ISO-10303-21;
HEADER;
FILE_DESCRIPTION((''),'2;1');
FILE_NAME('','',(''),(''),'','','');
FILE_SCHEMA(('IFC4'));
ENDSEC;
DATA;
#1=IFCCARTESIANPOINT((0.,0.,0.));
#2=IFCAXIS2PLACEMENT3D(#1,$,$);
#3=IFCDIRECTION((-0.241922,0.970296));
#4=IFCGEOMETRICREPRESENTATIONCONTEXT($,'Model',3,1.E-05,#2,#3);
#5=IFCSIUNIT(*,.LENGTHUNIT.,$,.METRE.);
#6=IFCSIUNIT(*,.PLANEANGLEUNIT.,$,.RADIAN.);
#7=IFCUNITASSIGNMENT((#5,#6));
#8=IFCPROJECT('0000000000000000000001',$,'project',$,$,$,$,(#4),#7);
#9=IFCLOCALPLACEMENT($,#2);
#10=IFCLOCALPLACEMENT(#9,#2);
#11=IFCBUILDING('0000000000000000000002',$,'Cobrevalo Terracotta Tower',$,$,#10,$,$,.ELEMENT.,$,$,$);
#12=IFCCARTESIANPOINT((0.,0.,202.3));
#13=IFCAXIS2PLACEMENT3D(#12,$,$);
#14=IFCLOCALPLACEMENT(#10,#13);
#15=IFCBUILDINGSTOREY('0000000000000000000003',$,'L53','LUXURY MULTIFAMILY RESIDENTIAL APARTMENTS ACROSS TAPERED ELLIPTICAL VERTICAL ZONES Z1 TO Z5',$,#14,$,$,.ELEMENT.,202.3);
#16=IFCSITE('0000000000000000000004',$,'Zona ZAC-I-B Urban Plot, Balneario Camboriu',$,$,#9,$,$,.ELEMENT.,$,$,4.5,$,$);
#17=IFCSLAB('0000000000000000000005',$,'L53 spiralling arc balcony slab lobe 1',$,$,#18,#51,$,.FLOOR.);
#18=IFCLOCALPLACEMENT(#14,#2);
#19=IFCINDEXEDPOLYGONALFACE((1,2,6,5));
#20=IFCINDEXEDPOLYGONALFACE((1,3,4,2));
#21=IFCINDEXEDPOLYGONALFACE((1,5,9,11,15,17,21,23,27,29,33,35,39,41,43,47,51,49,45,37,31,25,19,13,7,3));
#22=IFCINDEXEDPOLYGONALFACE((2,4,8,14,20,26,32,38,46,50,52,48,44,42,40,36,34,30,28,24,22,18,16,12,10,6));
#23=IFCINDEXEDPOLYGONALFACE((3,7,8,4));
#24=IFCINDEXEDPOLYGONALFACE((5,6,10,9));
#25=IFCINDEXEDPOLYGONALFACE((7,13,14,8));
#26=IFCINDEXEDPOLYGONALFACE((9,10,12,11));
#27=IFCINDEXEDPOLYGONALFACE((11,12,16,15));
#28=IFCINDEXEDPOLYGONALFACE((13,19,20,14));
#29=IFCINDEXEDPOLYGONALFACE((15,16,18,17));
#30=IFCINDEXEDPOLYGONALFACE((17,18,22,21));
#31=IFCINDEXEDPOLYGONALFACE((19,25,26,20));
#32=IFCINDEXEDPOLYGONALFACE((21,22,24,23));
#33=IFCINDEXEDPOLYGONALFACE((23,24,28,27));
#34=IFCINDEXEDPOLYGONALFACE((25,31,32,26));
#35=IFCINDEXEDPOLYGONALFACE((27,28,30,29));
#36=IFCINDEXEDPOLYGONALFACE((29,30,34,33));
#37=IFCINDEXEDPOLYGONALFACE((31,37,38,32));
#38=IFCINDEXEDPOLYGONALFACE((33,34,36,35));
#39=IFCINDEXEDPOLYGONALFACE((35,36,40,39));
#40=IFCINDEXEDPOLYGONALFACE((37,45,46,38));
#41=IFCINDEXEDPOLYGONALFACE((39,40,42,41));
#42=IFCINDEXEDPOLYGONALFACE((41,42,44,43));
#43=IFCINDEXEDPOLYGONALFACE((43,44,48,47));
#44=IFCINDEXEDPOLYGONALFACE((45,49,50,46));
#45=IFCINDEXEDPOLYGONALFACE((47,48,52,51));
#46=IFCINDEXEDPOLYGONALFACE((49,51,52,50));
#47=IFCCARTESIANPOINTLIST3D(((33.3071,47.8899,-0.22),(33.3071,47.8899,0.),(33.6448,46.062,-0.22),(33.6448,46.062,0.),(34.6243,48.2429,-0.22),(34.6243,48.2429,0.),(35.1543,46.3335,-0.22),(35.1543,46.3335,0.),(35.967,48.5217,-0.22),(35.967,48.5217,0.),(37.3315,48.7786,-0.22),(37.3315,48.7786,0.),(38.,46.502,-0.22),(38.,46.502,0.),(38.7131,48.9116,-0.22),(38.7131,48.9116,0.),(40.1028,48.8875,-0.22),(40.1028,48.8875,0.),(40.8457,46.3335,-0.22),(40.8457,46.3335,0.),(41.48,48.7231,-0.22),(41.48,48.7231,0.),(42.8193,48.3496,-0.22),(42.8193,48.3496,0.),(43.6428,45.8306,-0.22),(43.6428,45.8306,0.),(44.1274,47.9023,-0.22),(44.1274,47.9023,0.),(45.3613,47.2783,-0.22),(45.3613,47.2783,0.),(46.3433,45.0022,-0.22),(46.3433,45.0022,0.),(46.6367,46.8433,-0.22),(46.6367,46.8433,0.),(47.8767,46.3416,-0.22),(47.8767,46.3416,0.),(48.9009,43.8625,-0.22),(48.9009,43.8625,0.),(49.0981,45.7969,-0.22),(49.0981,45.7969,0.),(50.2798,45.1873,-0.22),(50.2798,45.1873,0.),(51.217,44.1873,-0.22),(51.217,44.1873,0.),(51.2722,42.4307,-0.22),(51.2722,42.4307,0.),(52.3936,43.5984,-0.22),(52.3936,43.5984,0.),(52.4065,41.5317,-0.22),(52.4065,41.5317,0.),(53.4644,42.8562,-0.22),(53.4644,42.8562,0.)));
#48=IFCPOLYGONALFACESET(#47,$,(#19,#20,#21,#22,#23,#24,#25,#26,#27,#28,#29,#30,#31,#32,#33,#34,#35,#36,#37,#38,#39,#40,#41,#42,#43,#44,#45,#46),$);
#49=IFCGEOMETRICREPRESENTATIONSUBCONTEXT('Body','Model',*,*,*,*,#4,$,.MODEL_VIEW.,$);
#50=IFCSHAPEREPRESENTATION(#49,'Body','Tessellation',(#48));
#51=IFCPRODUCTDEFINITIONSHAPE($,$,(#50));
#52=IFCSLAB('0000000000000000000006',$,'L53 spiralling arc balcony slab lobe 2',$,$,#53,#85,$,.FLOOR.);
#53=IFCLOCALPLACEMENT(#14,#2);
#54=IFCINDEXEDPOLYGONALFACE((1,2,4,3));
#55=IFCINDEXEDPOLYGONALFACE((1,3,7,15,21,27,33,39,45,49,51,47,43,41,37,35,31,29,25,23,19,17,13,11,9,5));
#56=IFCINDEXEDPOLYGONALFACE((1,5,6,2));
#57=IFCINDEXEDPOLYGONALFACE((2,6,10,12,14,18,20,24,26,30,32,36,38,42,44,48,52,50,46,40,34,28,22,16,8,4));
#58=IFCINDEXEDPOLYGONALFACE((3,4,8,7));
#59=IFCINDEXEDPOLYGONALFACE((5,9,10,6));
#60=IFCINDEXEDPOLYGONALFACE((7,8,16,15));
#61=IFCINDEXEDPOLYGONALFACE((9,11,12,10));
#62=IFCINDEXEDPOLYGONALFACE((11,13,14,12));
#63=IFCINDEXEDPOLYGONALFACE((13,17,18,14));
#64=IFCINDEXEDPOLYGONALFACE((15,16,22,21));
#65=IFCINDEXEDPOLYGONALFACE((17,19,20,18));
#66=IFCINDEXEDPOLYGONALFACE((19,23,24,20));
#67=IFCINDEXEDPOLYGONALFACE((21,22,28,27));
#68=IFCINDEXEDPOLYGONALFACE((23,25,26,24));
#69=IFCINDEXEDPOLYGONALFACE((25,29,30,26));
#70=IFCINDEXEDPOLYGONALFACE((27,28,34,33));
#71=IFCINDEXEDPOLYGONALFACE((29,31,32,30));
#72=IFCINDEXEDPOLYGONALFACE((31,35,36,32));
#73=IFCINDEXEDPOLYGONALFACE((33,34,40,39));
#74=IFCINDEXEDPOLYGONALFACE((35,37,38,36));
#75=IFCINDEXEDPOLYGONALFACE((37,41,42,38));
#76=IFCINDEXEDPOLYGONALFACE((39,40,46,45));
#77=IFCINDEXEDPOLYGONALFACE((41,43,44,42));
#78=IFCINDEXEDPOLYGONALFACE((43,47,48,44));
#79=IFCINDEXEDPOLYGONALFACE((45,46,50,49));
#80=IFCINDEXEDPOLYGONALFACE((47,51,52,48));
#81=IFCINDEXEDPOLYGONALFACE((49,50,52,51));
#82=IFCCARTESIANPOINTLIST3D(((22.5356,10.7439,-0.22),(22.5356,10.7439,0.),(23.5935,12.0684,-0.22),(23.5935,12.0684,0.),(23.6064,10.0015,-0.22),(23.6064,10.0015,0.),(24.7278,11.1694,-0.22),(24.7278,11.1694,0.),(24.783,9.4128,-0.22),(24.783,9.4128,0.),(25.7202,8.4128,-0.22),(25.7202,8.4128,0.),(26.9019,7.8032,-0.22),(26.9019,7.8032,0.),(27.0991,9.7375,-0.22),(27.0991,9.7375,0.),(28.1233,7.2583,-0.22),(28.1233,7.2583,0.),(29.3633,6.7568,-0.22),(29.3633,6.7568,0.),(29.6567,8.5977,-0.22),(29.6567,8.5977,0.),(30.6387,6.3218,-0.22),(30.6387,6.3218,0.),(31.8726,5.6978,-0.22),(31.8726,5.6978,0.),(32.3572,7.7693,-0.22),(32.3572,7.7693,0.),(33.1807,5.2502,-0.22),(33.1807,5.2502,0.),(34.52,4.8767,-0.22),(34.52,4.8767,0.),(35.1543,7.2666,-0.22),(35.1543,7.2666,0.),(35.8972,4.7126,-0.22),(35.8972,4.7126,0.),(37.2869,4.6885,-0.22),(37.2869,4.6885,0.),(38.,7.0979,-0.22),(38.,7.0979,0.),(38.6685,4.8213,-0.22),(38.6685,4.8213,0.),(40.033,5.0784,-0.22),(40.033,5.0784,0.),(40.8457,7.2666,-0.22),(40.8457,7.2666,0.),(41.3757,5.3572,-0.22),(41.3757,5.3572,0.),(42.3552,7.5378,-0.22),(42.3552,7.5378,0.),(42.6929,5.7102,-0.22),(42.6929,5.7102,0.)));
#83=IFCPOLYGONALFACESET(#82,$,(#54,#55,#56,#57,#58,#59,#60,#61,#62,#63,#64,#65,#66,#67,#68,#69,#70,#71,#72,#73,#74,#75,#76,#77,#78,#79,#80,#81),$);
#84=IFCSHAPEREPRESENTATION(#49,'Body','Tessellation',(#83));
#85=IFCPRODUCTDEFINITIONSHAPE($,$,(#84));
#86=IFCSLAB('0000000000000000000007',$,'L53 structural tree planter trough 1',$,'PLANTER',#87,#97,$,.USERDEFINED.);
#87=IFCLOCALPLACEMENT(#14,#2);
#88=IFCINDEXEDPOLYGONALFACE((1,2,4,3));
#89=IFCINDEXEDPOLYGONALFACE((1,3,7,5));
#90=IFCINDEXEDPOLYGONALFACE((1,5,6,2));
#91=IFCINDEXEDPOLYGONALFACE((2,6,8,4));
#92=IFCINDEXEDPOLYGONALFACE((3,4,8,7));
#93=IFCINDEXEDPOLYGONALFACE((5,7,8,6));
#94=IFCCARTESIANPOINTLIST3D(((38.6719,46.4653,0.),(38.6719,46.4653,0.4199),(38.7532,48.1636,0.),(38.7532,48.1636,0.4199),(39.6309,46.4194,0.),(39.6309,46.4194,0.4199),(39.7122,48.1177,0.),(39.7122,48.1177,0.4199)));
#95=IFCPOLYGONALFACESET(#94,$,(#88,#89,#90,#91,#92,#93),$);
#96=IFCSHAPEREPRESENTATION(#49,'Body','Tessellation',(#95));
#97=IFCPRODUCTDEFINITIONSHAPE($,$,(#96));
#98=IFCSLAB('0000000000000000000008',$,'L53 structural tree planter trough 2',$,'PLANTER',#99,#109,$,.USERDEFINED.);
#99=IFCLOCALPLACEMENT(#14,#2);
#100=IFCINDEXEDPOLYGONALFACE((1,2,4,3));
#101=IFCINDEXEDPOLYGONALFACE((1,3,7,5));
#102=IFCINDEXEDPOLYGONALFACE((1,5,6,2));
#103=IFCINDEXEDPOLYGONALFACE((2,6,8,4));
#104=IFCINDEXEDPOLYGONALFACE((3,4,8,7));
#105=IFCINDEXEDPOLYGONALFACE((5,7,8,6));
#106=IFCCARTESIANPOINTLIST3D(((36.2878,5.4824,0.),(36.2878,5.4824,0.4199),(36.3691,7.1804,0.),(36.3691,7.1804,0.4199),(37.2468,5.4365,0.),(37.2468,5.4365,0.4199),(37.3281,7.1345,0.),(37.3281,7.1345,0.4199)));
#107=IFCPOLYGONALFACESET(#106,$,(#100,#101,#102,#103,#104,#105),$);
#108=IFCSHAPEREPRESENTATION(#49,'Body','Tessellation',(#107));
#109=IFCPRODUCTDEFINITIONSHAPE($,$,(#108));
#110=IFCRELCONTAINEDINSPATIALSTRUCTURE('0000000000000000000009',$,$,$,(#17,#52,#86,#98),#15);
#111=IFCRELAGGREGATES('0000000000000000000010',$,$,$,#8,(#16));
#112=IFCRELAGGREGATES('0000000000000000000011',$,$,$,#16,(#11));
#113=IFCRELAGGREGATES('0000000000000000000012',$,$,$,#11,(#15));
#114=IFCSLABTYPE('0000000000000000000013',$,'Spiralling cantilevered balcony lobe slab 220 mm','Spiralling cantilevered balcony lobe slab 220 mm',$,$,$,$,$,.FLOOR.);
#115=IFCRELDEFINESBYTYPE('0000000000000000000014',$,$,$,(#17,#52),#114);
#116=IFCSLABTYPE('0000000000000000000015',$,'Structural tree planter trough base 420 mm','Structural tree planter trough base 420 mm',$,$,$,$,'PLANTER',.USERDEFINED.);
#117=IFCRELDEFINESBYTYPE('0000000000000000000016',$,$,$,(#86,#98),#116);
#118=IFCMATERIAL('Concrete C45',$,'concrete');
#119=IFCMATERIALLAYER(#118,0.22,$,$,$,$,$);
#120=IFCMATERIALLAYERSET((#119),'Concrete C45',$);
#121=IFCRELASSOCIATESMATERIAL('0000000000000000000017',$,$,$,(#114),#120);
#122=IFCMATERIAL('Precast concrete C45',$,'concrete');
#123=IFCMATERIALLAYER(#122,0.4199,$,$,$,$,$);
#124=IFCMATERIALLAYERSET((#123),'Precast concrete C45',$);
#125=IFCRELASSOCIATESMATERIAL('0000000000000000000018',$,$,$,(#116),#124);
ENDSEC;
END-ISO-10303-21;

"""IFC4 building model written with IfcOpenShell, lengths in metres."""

from ifc_helpers import new_model, si_unit, direction, frame, origin, place, context, subcontext, project, spatial, polyline, outline, extrude, material, layer, layer_set, type_object, element, save


model = new_model("IFC4")

# Units and contexts
model_context = context("Model", 3, precision=1e-05, world=origin(), true_north=direction((-0.241922, 0.970296)))
body_context = subcontext(model_context, "Body", "Model", "MODEL_VIEW")
ifc_project = project(units=[si_unit("LENGTHUNIT", "METRE"), si_unit("PLANEANGLEUNIT", "RADIAN")], contexts=[model_context])

# Site, building, storey
site_placement = place(None, origin())
site = spatial("IfcSite", under=ifc_project, at=site_placement, Name="Zona ZAC-I-B Urban Plot, Balneario Camboriu", CompositionType="ELEMENT", RefElevation=4.5)
building_placement = place(site_placement, origin())
building = spatial("IfcBuilding", under=site, at=building_placement, Name="Cobrevalo Terracotta Tower", CompositionType="ELEMENT")
storey_placement = place(building_placement, frame((0.0, 0.0, 202.3)))
storey = spatial("IfcBuildingStorey", under=building, at=storey_placement, Name="L53", Description="LUXURY MULTIFAMILY RESIDENTIAL APARTMENTS ACROSS TAPERED ELLIPTICAL VERTICAL ZONES Z1 TO Z5", CompositionType="ELEMENT", Elevation=202.3)

# Slabs
ifc_material_1 = material(Name="Concrete C45", Category="concrete")
ifc_layer_1 = layer(ifc_material_1, 0.22)
ifc_layer_set_1 = layer_set([ifc_layer_1], Name="Concrete C45")
slab_type_1 = type_object("IfcSlabType", Name="Spiralling cantilevered balcony lobe slab 220 mm", Description="Spiralling cantilevered balcony lobe slab 220 mm", PredefinedType="FLOOR", material=ifc_layer_set_1)
slab_1_placement = place(storey_placement, frame((0.0, 0.0, -0.22)))
element("IfcSlab", 1, at=slab_1_placement, inside=storey, type_object=slab_type_1, Name="L53 spiralling arc balcony slab lobe 1", PredefinedType="FLOOR", context=body_context, shape_type="SweptSolid", body=[
    extrude(outline(polyline([(53.4644, 42.8562), (52.3936, 43.5984), (51.217, 44.1873), (50.2798, 45.1873), (49.0981, 45.7969), (47.8767, 46.3416), (46.6367, 46.8433), (45.3613, 47.2783), (44.1274, 47.9023), (42.8193, 48.3496), (41.48, 48.7231), (40.1028, 48.8875), (38.7131, 48.9116), (37.3315, 48.7786), (35.967, 48.5217), (34.6243, 48.2429), (33.3071, 47.8899), (33.6448, 46.062), (35.1543, 46.3335), (38.0, 46.502), (40.8457, 46.3335), (43.6428, 45.8306), (46.3433, 45.0022), (48.9009, 43.8625), (51.2722, 42.4307), (52.4065, 41.5317), (53.4644, 42.8562)])), origin(), (0.0, 0.0, 1.0), 0.22),
])
slab_2_placement = place(storey_placement, frame((0.0, 0.0, -0.22)))
element("IfcSlab", 2, at=slab_2_placement, inside=storey, type_object=slab_type_1, Name="L53 spiralling arc balcony slab lobe 2", PredefinedType="FLOOR", context=body_context, shape_type="SweptSolid", body=[
    extrude(outline(polyline([(22.5356, 10.7439), (23.6064, 10.0015), (24.783, 9.4128), (25.7202, 8.4128), (26.9019, 7.8032), (28.1233, 7.2583), (29.3633, 6.7568), (30.6387, 6.3218), (31.8726, 5.6978), (33.1807, 5.2502), (34.52, 4.8767), (35.8972, 4.7126), (37.2869, 4.6885), (38.6685, 4.8213), (40.033, 5.0784), (41.3757, 5.3572), (42.6929, 5.7102), (42.3552, 7.5378), (40.8457, 7.2666), (38.0, 7.0979), (35.1543, 7.2666), (32.3572, 7.7693), (29.6567, 8.5977), (27.0991, 9.7375), (24.7278, 11.1694), (23.5935, 12.0684), (22.5356, 10.7439)])), origin(), (0.0, 0.0, 1.0), 0.22),
])
ifc_material_2 = material(Name="Precast concrete C45", Category="concrete")
ifc_layer_2 = layer(ifc_material_2, 0.4199)
ifc_layer_set_2 = layer_set([ifc_layer_2], Name="Precast concrete C45")
slab_type_2 = type_object("IfcSlabType", Name="Structural tree planter trough base 420 mm", Description="Structural tree planter trough base 420 mm", ElementType="PLANTER", PredefinedType="USERDEFINED", material=ifc_layer_set_2)
slab_3_placement = place(storey_placement, origin())
element("IfcSlab", 3, at=slab_3_placement, inside=storey, type_object=slab_type_2, Name="L53 structural tree planter trough 1", ObjectType="PLANTER", PredefinedType="USERDEFINED", context=body_context, shape_type="SweptSolid", body=[
    extrude(outline(polyline([(39.6309, 46.4194), (39.7122, 48.1177), (38.7532, 48.1636), (38.6719, 46.4653), (39.6309, 46.4194)])), origin(), (0.0, 0.0, 1.0), 0.4199),
])
slab_4_placement = place(storey_placement, origin())
element("IfcSlab", 4, at=slab_4_placement, inside=storey, type_object=slab_type_2, Name="L53 structural tree planter trough 2", ObjectType="PLANTER", PredefinedType="USERDEFINED", context=body_context, shape_type="SweptSolid", body=[
    extrude(outline(polyline([(36.3691, 7.1804), (36.2878, 5.4824), (37.2468, 5.4365), (37.3281, 7.1345), (36.3691, 7.1804)])), origin(), (0.0, 0.0, 1.0), 0.4199),
])

save(model, "model.ifc")
